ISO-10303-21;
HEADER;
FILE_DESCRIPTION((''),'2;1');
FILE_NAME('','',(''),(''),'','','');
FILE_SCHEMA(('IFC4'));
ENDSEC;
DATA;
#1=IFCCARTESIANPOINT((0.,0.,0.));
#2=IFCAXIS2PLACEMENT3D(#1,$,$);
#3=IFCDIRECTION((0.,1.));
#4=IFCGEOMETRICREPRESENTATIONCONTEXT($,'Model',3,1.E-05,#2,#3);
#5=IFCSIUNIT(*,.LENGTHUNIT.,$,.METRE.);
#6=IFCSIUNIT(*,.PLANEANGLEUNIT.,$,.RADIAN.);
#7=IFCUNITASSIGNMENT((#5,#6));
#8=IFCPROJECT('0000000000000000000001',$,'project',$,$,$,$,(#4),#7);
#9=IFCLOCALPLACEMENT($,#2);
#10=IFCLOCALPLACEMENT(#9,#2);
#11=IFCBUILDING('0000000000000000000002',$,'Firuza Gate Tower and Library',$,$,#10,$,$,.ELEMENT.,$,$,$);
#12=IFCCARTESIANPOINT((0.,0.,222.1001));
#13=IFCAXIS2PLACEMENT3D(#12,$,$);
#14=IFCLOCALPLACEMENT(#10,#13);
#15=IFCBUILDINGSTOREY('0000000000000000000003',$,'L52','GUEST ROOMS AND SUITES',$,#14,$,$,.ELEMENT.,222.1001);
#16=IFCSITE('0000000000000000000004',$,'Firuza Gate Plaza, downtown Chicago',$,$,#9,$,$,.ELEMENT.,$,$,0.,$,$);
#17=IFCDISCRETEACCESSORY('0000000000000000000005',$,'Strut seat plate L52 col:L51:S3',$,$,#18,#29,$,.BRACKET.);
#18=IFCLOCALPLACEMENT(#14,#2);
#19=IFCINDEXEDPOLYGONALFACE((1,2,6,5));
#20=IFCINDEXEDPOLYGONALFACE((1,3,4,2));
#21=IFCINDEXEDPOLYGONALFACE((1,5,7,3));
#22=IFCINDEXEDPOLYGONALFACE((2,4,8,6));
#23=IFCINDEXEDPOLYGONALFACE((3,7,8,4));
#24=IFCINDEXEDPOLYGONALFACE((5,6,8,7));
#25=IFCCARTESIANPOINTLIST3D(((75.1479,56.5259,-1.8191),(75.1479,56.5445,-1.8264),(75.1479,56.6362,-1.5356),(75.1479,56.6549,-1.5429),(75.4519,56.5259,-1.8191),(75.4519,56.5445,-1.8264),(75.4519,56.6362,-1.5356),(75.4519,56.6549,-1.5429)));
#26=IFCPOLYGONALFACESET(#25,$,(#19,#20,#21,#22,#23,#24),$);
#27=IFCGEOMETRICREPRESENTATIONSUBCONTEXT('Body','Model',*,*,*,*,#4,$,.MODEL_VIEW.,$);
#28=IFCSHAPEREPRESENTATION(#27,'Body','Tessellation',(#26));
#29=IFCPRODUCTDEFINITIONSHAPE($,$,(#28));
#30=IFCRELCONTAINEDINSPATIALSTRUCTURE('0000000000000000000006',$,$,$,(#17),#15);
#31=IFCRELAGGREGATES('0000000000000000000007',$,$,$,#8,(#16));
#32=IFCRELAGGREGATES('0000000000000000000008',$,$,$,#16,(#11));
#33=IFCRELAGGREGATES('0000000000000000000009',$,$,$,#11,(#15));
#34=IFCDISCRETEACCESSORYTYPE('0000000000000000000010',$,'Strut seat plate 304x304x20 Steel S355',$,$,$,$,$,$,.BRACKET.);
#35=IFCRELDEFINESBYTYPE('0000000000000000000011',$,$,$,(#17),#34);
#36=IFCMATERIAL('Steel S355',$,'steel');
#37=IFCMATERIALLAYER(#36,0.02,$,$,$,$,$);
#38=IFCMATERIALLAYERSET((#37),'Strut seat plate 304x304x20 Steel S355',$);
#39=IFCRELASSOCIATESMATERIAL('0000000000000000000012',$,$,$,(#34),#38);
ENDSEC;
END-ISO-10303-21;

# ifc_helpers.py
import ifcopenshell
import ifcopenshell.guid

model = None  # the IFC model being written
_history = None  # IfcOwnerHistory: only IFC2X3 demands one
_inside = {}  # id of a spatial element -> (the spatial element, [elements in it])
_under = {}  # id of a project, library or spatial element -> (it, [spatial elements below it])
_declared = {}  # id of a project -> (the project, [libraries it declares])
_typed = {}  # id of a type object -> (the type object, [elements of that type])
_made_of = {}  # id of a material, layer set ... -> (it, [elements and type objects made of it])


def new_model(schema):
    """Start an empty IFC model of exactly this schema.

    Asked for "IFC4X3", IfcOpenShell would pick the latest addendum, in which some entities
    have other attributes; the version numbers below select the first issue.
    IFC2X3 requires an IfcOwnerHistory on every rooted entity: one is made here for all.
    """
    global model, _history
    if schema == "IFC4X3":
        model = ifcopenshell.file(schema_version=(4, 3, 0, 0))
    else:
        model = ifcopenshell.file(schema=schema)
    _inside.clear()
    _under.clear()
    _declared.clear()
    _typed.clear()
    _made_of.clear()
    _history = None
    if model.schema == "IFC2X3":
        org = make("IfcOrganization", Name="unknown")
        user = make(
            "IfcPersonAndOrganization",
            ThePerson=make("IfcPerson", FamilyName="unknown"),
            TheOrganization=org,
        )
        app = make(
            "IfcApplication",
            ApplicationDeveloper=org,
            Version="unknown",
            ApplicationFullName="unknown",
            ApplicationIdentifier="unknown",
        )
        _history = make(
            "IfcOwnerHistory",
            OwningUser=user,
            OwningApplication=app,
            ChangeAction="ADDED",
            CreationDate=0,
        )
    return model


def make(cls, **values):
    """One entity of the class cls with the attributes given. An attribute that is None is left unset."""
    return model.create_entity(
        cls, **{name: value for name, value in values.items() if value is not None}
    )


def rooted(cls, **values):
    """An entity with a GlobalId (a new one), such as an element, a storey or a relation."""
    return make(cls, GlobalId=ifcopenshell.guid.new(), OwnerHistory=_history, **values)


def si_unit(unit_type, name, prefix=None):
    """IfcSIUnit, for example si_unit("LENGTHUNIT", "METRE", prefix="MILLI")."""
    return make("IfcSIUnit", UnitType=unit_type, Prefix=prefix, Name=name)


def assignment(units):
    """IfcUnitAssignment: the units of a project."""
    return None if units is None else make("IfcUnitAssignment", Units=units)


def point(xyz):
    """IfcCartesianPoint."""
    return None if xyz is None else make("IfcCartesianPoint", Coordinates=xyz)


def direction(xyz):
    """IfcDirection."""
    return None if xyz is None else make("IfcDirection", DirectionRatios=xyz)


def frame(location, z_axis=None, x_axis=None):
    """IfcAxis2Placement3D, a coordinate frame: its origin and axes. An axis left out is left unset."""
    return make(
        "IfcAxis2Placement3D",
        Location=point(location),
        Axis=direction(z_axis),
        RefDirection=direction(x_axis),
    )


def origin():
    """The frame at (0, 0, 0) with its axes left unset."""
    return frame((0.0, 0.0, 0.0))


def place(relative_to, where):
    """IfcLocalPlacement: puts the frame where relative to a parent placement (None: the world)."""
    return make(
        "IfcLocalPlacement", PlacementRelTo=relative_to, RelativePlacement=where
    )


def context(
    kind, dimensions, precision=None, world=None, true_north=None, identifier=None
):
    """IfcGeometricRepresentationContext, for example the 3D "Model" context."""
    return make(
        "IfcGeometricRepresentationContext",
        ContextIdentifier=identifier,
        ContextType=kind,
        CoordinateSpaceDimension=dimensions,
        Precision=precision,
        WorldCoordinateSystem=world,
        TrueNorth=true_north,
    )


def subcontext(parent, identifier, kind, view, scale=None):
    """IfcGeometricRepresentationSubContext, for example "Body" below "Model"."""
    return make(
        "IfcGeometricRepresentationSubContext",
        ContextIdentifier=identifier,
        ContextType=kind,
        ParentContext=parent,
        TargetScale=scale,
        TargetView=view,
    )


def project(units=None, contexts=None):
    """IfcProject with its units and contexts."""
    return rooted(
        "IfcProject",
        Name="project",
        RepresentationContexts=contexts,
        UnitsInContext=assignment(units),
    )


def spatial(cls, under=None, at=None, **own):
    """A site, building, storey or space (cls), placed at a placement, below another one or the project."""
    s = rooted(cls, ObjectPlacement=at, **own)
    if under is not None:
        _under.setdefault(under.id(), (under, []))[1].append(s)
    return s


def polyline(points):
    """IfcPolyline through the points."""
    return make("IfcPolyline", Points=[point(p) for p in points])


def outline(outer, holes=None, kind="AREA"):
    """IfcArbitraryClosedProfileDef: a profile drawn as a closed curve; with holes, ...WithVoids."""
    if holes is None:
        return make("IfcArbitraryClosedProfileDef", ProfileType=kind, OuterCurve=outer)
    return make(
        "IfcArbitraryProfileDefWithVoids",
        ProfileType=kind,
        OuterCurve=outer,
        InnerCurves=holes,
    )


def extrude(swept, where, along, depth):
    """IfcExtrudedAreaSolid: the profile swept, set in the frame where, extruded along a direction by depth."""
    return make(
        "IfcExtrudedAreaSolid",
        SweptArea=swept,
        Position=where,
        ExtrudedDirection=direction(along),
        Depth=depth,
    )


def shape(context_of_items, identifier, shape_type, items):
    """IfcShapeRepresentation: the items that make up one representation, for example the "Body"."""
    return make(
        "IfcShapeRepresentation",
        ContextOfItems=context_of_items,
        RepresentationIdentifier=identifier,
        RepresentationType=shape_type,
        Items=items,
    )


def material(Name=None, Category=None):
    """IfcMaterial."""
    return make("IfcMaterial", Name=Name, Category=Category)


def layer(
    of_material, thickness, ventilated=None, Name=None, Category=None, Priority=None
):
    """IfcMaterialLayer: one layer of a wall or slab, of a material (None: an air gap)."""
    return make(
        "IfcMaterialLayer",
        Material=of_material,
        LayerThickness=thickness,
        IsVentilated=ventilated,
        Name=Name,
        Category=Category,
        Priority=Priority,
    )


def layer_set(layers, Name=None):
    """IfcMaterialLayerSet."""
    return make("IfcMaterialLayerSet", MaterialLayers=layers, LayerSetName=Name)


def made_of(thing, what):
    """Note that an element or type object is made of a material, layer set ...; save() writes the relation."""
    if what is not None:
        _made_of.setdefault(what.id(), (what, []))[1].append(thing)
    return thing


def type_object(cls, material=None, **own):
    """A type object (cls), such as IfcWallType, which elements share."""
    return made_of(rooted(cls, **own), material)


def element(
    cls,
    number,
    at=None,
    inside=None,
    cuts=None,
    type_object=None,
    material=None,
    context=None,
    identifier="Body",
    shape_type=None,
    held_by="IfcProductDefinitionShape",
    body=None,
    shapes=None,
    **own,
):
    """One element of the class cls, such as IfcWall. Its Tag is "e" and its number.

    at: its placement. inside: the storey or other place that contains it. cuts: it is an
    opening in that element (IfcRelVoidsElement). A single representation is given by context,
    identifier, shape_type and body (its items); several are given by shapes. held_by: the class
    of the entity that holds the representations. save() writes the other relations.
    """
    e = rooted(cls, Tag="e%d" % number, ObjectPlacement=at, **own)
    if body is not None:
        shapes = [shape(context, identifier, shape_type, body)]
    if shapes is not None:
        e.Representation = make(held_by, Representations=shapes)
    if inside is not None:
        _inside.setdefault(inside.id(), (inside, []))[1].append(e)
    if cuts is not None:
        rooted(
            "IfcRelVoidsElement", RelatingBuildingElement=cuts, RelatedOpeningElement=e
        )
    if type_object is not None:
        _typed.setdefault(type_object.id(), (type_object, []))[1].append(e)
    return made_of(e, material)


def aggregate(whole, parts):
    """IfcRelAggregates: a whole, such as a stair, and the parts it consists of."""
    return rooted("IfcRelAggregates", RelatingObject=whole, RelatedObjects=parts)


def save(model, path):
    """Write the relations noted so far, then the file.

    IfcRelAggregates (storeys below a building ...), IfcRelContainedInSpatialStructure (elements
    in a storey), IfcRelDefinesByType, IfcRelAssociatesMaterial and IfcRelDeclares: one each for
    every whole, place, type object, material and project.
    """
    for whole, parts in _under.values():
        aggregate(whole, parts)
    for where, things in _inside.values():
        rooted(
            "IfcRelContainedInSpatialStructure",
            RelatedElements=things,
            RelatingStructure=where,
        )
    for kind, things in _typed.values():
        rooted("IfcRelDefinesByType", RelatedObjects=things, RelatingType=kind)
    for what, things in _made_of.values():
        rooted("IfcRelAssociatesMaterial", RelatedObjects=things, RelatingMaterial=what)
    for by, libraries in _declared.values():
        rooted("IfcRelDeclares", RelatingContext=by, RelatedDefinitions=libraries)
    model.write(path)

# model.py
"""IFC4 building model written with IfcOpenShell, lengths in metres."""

from ifc_helpers import new_model, si_unit, direction, frame, origin, place, context, subcontext, project, spatial, polyline, outline, extrude, material, layer, layer_set, type_object, element, save


model = new_model("IFC4")

# Units and contexts
model_context = context("Model", 3, precision=1e-05, world=origin(), true_north=direction((0.0, 1.0)))
body_context = subcontext(model_context, "Body", "Model", "MODEL_VIEW")
ifc_project = project(units=[si_unit("LENGTHUNIT", "METRE"), si_unit("PLANEANGLEUNIT", "RADIAN")], contexts=[model_context])

# Site, building, storey
site_placement = place(None, origin())
site = spatial("IfcSite", under=ifc_project, at=site_placement, Name="Firuza Gate Plaza, downtown Chicago", CompositionType="ELEMENT", RefElevation=0.0)
building_placement = place(site_placement, origin())
building = spatial("IfcBuilding", under=site, at=building_placement, Name="Firuza Gate Tower and Library", CompositionType="ELEMENT")
storey_placement = place(building_placement, frame((0.0, 0.0, 222.1001)))
storey = spatial("IfcBuildingStorey", under=building, at=storey_placement, Name="L52", Description="GUEST ROOMS AND SUITES", CompositionType="ELEMENT", Elevation=222.1001)

# Discrete accessory
ifc_material_1 = material(Name="Steel S355", Category="steel")
ifc_layer_1 = layer(ifc_material_1, 0.02)
ifc_layer_set_1 = layer_set([ifc_layer_1], Name="Strut seat plate 304x304x20 Steel S355")
discrete_accessory_type = type_object("IfcDiscreteAccessoryType", Name="Strut seat plate 304x304x20 Steel S355", PredefinedType="BRACKET", material=ifc_layer_set_1)
discrete_accessory_placement = place(storey_placement, frame((75.4519, 56.6362, -1.5356), z_axis=(0.0, -0.931869, 0.362795), x_axis=(-1.0, 0.0, 0.0)))
element("IfcDiscreteAccessory", 1, at=discrete_accessory_placement, inside=storey, type_object=discrete_accessory_type, Name="Strut seat plate L52 col:L51:S3", PredefinedType="BRACKET", context=body_context, shape_type="SweptSolid", body=[
    extrude(outline(polyline([(0.0, 0.0), (0.304, 0.0), (0.304, 0.3042), (0.0, 0.3042), (0.0, 0.0)])), origin(), (0.0, 0.0, -1.0), 0.02),
])

save(model, "model.ifc")
